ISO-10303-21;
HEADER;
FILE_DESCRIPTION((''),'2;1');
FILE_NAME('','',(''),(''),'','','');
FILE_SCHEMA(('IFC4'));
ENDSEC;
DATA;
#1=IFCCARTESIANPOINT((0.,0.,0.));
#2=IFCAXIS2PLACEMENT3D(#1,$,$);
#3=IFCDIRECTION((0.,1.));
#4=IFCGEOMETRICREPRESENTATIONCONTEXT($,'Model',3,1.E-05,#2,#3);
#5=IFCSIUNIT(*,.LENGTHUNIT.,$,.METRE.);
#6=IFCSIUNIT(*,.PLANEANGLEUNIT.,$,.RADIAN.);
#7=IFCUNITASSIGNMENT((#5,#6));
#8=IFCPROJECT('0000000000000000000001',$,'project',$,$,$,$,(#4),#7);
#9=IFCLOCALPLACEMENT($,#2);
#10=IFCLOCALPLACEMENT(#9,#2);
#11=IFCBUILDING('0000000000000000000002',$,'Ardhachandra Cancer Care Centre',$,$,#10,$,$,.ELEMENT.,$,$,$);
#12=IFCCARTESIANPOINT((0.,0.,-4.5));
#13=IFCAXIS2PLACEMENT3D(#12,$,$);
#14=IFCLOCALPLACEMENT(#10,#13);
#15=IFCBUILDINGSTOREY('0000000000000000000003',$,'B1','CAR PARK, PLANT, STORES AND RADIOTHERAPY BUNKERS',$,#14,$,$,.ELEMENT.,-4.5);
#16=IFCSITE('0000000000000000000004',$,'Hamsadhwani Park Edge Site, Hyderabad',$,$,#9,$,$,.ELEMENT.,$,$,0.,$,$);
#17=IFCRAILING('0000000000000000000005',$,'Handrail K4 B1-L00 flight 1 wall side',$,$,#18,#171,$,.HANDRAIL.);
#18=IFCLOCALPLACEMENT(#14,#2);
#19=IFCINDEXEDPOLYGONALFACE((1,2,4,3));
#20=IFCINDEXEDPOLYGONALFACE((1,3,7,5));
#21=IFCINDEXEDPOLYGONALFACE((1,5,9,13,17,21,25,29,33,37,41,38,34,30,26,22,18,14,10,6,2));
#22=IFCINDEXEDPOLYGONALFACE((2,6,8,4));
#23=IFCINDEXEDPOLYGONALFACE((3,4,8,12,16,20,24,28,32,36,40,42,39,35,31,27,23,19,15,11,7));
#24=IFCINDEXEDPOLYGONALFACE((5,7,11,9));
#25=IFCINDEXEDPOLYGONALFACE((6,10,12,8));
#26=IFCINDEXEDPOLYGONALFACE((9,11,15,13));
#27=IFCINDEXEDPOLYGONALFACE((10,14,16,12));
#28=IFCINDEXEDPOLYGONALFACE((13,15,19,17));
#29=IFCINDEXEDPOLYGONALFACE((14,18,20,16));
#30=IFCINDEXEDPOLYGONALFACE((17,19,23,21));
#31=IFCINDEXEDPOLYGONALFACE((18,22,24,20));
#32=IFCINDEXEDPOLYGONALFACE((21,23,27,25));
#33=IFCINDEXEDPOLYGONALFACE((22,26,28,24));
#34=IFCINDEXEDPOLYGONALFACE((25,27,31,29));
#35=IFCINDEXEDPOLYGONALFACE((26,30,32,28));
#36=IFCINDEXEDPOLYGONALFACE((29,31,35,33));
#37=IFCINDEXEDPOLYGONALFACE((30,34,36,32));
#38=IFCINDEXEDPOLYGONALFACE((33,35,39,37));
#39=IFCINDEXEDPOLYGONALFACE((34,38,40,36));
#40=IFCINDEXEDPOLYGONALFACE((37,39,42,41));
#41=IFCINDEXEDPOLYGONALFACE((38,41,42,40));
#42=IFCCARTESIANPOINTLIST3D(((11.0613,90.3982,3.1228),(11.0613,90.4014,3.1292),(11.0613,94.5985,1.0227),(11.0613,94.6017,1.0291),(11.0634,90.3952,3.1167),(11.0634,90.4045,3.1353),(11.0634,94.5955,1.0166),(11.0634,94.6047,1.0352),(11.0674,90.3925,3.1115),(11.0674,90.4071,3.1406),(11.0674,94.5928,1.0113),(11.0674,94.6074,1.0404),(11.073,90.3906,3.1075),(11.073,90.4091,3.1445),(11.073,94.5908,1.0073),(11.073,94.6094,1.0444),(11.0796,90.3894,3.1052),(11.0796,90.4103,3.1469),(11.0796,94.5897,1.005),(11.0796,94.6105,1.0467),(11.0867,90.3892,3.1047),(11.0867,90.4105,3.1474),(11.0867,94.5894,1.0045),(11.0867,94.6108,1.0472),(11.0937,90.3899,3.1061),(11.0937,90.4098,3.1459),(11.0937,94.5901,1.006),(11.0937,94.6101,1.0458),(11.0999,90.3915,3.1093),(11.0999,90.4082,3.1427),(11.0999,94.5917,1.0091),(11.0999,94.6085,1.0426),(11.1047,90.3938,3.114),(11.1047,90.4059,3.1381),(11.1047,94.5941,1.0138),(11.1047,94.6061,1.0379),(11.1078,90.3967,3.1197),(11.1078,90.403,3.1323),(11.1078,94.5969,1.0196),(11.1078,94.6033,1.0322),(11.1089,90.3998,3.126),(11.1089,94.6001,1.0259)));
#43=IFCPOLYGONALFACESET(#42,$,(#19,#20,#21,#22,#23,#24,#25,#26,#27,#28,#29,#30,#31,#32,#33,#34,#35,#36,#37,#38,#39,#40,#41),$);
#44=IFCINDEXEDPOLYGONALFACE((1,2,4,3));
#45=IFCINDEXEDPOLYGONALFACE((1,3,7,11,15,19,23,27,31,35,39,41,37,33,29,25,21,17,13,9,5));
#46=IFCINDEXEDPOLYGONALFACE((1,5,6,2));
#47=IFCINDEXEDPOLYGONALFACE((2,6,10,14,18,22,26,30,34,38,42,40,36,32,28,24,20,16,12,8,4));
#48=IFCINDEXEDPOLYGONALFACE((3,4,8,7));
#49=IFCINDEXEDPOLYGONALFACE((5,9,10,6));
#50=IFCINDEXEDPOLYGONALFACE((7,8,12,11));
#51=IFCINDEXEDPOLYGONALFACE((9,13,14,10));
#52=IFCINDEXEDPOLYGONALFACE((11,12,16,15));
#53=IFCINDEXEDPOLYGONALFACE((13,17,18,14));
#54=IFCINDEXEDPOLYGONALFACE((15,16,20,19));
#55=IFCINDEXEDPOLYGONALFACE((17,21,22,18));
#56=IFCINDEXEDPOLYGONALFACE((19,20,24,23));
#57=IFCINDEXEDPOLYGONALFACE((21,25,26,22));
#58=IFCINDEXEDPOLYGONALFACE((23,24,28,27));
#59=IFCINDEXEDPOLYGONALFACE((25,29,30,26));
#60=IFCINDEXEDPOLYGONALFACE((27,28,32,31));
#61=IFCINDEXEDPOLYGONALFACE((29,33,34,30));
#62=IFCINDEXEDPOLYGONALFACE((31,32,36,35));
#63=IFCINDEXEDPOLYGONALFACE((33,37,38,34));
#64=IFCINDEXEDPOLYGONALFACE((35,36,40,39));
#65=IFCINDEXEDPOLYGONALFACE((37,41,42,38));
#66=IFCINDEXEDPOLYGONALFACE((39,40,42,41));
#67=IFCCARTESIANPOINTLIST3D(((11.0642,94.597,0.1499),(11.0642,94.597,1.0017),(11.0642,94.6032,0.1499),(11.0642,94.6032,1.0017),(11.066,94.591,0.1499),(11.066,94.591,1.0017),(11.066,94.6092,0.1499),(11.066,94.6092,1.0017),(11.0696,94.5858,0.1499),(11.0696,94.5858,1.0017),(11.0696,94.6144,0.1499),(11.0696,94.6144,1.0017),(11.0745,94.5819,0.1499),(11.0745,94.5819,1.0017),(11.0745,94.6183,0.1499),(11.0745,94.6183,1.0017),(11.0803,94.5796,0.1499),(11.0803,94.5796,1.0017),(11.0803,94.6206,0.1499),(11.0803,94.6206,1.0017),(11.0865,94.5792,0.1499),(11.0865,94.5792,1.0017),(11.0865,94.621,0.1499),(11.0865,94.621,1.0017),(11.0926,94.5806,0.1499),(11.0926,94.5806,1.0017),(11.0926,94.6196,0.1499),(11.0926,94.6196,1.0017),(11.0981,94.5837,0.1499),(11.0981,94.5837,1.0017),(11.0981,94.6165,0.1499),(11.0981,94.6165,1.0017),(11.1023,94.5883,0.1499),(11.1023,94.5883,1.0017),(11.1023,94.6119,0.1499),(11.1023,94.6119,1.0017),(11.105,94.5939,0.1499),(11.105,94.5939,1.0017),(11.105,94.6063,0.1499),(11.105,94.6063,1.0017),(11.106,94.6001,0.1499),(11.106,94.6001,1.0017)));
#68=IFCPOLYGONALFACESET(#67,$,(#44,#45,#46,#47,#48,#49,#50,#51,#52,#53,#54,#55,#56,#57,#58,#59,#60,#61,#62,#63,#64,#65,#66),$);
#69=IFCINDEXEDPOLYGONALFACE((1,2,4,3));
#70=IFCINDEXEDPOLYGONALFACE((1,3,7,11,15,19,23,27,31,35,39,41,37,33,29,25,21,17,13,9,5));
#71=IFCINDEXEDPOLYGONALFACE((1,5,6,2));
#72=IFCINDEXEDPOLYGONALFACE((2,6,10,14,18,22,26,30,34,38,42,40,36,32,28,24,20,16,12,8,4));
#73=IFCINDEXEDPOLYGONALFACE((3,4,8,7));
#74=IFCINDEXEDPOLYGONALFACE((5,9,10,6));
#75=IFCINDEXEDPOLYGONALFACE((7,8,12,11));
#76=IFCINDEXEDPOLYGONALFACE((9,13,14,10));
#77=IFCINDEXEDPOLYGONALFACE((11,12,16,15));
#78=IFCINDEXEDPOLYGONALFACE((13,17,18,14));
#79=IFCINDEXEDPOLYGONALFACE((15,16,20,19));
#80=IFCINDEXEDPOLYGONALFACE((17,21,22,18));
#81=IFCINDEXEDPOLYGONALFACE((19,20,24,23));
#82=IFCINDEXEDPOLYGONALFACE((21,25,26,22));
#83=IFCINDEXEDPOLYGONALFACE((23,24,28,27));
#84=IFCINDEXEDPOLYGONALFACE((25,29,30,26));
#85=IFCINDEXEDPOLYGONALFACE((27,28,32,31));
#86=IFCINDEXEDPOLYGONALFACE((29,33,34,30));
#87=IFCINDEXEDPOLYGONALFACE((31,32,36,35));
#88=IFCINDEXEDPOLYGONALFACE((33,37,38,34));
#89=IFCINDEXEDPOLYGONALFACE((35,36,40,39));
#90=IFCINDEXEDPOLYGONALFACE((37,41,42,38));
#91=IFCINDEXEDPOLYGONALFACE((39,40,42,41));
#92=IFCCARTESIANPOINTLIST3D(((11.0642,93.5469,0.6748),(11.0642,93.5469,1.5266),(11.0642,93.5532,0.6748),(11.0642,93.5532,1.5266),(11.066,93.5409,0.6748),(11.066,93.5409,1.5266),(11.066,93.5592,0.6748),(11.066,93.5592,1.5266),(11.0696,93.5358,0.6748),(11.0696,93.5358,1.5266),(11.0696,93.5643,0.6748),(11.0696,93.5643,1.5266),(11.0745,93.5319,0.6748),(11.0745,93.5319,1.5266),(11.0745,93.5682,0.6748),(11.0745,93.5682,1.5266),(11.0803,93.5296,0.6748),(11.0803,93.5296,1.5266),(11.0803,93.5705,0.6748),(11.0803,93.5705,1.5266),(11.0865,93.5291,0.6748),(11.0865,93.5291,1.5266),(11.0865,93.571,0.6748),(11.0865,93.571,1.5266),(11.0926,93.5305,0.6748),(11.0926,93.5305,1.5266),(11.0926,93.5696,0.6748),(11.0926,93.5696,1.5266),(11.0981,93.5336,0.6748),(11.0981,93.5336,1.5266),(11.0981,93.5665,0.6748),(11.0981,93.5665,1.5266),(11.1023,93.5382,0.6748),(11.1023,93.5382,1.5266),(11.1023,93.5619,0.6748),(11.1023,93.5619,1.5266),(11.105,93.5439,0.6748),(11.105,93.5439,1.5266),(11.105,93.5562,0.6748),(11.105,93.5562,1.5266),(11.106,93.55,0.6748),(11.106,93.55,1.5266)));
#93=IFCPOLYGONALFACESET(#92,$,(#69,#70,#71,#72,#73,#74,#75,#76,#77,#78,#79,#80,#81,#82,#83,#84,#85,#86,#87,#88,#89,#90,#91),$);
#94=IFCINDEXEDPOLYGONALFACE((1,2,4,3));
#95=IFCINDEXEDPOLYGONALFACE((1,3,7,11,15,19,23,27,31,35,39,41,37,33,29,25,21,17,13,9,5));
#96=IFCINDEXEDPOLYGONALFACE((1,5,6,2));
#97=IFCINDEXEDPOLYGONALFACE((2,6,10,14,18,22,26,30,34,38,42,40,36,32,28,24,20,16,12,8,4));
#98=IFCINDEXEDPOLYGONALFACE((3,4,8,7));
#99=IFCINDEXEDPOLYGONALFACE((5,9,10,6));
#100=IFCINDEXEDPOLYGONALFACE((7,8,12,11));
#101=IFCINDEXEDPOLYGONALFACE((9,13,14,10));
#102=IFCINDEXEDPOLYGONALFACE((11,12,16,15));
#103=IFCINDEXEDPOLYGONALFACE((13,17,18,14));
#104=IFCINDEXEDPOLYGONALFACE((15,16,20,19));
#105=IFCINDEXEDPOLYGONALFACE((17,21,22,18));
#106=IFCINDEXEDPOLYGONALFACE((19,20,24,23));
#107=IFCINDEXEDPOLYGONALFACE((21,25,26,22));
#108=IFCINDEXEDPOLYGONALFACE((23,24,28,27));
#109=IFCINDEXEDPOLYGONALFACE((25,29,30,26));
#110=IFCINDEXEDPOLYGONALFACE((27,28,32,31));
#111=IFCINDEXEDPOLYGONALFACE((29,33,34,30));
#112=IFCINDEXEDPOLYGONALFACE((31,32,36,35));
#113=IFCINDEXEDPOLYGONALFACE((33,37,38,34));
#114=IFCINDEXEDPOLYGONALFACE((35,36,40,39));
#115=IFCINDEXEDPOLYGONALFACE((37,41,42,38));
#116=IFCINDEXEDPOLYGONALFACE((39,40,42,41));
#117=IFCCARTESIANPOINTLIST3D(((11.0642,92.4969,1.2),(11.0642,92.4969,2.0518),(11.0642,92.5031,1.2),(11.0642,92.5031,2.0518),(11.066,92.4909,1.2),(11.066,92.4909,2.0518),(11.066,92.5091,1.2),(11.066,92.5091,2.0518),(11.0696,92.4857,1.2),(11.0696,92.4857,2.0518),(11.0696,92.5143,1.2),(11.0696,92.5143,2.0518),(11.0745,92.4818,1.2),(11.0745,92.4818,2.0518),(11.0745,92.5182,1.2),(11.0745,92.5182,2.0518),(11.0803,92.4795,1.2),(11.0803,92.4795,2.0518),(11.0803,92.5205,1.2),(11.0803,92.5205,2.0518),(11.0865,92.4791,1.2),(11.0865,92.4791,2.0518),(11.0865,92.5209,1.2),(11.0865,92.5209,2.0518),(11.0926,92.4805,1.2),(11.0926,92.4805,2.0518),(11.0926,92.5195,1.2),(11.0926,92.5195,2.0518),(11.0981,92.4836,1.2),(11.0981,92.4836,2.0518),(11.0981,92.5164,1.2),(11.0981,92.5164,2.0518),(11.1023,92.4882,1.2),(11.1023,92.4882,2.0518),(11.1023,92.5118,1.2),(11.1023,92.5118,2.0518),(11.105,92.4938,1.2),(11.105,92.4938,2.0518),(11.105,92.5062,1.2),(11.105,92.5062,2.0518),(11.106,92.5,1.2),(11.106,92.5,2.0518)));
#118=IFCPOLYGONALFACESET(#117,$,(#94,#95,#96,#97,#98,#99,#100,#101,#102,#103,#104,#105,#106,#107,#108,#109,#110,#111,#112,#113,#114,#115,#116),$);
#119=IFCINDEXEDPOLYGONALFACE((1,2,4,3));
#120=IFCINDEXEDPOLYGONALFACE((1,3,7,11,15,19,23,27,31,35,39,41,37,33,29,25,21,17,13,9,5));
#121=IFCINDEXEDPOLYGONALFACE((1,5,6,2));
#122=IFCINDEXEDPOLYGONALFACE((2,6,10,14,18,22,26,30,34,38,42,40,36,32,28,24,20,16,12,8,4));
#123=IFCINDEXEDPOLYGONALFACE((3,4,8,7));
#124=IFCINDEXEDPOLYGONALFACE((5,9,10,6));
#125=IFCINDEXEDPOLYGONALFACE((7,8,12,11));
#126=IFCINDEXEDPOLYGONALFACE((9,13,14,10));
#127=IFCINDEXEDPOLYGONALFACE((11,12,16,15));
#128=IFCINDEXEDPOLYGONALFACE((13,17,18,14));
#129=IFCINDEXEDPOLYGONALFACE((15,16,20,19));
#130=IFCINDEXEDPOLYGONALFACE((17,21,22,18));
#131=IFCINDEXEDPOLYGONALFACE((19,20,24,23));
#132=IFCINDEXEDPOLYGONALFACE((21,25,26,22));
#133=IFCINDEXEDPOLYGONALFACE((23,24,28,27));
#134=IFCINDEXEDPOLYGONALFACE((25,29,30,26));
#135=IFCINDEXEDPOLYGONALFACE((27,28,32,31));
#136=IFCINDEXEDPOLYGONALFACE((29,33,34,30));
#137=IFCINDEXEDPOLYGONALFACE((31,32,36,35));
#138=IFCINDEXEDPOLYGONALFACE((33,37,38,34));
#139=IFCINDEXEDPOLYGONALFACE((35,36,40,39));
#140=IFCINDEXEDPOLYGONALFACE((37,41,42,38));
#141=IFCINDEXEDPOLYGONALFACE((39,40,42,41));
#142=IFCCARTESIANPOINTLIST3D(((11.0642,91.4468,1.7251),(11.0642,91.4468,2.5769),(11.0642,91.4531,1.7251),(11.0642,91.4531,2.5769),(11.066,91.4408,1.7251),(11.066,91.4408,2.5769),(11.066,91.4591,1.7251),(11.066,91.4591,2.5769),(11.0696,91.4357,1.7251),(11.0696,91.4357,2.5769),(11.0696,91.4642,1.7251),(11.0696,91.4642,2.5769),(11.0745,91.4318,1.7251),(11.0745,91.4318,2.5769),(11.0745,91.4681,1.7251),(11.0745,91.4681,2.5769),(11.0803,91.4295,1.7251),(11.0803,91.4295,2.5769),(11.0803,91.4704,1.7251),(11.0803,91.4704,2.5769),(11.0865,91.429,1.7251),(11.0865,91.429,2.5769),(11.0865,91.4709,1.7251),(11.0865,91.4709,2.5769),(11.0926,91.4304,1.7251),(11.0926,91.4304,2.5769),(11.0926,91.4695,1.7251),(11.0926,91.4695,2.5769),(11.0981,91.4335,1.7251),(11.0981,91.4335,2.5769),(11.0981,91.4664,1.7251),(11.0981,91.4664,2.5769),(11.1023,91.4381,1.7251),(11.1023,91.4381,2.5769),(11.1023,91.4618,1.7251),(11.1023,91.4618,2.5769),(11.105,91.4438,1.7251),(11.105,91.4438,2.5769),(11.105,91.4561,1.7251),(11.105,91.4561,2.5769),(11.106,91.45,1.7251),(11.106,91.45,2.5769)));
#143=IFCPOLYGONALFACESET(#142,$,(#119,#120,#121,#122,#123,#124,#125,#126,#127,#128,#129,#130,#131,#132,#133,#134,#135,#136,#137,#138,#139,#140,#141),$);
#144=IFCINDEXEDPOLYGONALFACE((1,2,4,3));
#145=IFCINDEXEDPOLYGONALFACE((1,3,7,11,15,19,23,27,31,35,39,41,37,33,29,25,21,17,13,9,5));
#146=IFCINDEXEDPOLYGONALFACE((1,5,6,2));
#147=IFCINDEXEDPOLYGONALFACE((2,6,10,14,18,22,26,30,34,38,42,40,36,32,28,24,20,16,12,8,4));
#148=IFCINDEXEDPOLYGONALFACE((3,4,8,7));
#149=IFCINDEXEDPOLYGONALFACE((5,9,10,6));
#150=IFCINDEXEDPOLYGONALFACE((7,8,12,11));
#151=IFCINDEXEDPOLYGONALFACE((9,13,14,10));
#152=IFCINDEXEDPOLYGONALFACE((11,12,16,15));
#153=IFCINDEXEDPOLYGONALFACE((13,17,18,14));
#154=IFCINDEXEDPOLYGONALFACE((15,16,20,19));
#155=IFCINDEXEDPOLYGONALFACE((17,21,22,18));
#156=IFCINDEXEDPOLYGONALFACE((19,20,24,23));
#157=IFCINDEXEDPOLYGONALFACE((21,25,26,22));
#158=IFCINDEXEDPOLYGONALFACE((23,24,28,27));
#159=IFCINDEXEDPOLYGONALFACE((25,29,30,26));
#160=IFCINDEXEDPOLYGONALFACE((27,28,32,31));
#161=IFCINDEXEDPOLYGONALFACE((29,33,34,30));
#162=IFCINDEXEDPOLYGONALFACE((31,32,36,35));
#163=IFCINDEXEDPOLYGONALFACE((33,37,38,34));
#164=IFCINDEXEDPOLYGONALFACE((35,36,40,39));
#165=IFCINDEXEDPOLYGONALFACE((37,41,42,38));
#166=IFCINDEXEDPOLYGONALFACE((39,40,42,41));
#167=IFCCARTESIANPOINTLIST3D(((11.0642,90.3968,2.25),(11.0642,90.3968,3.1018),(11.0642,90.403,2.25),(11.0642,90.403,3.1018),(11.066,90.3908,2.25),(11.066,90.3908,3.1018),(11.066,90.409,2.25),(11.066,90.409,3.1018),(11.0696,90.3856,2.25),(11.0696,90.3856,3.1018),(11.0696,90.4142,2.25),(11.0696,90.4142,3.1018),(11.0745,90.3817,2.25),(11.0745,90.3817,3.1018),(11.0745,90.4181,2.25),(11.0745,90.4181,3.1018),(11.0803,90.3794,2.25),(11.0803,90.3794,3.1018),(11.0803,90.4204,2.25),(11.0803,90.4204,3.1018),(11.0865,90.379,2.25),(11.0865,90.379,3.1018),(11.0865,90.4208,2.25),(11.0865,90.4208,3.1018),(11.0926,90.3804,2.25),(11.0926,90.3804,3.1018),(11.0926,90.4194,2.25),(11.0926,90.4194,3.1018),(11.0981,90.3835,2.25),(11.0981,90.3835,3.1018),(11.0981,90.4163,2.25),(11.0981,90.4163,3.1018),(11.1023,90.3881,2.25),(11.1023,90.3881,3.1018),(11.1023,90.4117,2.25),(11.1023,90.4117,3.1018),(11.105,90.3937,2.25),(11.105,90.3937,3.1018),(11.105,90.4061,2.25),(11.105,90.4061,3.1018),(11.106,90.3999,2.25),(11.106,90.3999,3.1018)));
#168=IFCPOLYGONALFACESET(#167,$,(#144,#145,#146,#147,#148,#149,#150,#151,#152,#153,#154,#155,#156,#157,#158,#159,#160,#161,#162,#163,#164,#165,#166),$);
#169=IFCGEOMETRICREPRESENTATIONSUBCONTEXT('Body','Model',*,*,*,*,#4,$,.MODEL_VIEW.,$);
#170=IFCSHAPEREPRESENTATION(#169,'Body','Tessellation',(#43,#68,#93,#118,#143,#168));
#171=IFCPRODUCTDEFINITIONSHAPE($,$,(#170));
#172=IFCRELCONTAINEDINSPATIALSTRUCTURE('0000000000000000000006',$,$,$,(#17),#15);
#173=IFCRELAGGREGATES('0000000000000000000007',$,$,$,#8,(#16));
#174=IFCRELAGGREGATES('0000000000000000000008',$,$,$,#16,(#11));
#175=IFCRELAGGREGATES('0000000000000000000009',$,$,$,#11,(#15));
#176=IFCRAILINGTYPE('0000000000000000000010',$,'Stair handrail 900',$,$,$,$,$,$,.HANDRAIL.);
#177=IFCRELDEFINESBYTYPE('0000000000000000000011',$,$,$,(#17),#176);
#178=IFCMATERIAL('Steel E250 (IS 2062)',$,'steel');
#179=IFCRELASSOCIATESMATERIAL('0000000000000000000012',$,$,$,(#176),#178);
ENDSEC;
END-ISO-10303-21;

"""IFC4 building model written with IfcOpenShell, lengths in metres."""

from ifc_helpers import new_model, si_unit, direction, frame, origin, origin_2d, place, context, subcontext, project, spatial, circle, extrude, material, type_object, element, save


model = new_model("IFC4")

# Units and contexts
model_context = context("Model", 3, precision=1e-05, world=origin(), true_north=direction((0.0, 1.0)))
body_context = subcontext(model_context, "Body", "Model", "MODEL_VIEW")
ifc_project = project(units=[si_unit("LENGTHUNIT", "METRE"), si_unit("PLANEANGLEUNIT", "RADIAN")], contexts=[model_context])

# Site, building, storey
site_placement = place(None, origin())
site = spatial("IfcSite", under=ifc_project, at=site_placement, Name="Hamsadhwani Park Edge Site, Hyderabad", CompositionType="ELEMENT", RefElevation=0.0)
building_placement = place(site_placement, origin())
building = spatial("IfcBuilding", under=site, at=building_placement, Name="Ardhachandra Cancer Care Centre", CompositionType="ELEMENT")
storey_placement = place(building_placement, frame((0.0, 0.0, -4.5)))
storey = spatial("IfcBuildingStorey", under=building, at=storey_placement, Name="B1", Description="CAR PARK, PLANT, STORES AND RADIOTHERAPY BUNKERS", CompositionType="ELEMENT", Elevation=-4.5)

# Railing
ifc_material_1 = material(Name="Steel E250 (IS 2062)", Category="steel")
railing_type = type_object("IfcRailingType", Name="Stair handrail 900", PredefinedType="HANDRAIL", material=ifc_material_1)
for number, where, name in (
    (1, (11.085, 94.6001, 0.1499), "Handrail K4 B1-L00 flight 1 wall side"),
):
    element("IfcRailing", number, at=place(storey_placement, frame(where)), inside=storey, type_object=railing_type, Name=name, PredefinedType="HANDRAIL", context=body_context, shape_type="SweptSolid", body=[
        extrude(circle(Radius=0.0239, at=origin_2d()), frame((0.0, 0.0, 0.876), z_axis=(0.0, -0.894427, 0.447214), x_axis=(1.0, 0.0, 0.0)), (0.0, 0.0, 1.0), 4.696),
        extrude(circle(Radius=0.021, at=origin_2d()), origin(), (0.0, 0.0, 1.0), 0.8518),
        extrude(circle(Radius=0.021, at=origin_2d()), frame((0.0, -1.05, 0.5249)), (0.0, 0.0, 1.0), 0.8518),
        extrude(circle(Radius=0.021, at=origin_2d()), frame((0.0, -2.1001, 1.05)), (0.0, 0.0, 1.0), 0.8518),
        extrude(circle(Radius=0.021, at=origin_2d()), frame((0.0, -3.1501, 1.5752)), (0.0, 0.0, 1.0), 0.8518),
        extrude(circle(Radius=0.021, at=origin_2d()), frame((0.0, -4.2002, 2.1001)), (0.0, 0.0, 1.0), 0.8518),
    ])

save(model, "model.ifc")
